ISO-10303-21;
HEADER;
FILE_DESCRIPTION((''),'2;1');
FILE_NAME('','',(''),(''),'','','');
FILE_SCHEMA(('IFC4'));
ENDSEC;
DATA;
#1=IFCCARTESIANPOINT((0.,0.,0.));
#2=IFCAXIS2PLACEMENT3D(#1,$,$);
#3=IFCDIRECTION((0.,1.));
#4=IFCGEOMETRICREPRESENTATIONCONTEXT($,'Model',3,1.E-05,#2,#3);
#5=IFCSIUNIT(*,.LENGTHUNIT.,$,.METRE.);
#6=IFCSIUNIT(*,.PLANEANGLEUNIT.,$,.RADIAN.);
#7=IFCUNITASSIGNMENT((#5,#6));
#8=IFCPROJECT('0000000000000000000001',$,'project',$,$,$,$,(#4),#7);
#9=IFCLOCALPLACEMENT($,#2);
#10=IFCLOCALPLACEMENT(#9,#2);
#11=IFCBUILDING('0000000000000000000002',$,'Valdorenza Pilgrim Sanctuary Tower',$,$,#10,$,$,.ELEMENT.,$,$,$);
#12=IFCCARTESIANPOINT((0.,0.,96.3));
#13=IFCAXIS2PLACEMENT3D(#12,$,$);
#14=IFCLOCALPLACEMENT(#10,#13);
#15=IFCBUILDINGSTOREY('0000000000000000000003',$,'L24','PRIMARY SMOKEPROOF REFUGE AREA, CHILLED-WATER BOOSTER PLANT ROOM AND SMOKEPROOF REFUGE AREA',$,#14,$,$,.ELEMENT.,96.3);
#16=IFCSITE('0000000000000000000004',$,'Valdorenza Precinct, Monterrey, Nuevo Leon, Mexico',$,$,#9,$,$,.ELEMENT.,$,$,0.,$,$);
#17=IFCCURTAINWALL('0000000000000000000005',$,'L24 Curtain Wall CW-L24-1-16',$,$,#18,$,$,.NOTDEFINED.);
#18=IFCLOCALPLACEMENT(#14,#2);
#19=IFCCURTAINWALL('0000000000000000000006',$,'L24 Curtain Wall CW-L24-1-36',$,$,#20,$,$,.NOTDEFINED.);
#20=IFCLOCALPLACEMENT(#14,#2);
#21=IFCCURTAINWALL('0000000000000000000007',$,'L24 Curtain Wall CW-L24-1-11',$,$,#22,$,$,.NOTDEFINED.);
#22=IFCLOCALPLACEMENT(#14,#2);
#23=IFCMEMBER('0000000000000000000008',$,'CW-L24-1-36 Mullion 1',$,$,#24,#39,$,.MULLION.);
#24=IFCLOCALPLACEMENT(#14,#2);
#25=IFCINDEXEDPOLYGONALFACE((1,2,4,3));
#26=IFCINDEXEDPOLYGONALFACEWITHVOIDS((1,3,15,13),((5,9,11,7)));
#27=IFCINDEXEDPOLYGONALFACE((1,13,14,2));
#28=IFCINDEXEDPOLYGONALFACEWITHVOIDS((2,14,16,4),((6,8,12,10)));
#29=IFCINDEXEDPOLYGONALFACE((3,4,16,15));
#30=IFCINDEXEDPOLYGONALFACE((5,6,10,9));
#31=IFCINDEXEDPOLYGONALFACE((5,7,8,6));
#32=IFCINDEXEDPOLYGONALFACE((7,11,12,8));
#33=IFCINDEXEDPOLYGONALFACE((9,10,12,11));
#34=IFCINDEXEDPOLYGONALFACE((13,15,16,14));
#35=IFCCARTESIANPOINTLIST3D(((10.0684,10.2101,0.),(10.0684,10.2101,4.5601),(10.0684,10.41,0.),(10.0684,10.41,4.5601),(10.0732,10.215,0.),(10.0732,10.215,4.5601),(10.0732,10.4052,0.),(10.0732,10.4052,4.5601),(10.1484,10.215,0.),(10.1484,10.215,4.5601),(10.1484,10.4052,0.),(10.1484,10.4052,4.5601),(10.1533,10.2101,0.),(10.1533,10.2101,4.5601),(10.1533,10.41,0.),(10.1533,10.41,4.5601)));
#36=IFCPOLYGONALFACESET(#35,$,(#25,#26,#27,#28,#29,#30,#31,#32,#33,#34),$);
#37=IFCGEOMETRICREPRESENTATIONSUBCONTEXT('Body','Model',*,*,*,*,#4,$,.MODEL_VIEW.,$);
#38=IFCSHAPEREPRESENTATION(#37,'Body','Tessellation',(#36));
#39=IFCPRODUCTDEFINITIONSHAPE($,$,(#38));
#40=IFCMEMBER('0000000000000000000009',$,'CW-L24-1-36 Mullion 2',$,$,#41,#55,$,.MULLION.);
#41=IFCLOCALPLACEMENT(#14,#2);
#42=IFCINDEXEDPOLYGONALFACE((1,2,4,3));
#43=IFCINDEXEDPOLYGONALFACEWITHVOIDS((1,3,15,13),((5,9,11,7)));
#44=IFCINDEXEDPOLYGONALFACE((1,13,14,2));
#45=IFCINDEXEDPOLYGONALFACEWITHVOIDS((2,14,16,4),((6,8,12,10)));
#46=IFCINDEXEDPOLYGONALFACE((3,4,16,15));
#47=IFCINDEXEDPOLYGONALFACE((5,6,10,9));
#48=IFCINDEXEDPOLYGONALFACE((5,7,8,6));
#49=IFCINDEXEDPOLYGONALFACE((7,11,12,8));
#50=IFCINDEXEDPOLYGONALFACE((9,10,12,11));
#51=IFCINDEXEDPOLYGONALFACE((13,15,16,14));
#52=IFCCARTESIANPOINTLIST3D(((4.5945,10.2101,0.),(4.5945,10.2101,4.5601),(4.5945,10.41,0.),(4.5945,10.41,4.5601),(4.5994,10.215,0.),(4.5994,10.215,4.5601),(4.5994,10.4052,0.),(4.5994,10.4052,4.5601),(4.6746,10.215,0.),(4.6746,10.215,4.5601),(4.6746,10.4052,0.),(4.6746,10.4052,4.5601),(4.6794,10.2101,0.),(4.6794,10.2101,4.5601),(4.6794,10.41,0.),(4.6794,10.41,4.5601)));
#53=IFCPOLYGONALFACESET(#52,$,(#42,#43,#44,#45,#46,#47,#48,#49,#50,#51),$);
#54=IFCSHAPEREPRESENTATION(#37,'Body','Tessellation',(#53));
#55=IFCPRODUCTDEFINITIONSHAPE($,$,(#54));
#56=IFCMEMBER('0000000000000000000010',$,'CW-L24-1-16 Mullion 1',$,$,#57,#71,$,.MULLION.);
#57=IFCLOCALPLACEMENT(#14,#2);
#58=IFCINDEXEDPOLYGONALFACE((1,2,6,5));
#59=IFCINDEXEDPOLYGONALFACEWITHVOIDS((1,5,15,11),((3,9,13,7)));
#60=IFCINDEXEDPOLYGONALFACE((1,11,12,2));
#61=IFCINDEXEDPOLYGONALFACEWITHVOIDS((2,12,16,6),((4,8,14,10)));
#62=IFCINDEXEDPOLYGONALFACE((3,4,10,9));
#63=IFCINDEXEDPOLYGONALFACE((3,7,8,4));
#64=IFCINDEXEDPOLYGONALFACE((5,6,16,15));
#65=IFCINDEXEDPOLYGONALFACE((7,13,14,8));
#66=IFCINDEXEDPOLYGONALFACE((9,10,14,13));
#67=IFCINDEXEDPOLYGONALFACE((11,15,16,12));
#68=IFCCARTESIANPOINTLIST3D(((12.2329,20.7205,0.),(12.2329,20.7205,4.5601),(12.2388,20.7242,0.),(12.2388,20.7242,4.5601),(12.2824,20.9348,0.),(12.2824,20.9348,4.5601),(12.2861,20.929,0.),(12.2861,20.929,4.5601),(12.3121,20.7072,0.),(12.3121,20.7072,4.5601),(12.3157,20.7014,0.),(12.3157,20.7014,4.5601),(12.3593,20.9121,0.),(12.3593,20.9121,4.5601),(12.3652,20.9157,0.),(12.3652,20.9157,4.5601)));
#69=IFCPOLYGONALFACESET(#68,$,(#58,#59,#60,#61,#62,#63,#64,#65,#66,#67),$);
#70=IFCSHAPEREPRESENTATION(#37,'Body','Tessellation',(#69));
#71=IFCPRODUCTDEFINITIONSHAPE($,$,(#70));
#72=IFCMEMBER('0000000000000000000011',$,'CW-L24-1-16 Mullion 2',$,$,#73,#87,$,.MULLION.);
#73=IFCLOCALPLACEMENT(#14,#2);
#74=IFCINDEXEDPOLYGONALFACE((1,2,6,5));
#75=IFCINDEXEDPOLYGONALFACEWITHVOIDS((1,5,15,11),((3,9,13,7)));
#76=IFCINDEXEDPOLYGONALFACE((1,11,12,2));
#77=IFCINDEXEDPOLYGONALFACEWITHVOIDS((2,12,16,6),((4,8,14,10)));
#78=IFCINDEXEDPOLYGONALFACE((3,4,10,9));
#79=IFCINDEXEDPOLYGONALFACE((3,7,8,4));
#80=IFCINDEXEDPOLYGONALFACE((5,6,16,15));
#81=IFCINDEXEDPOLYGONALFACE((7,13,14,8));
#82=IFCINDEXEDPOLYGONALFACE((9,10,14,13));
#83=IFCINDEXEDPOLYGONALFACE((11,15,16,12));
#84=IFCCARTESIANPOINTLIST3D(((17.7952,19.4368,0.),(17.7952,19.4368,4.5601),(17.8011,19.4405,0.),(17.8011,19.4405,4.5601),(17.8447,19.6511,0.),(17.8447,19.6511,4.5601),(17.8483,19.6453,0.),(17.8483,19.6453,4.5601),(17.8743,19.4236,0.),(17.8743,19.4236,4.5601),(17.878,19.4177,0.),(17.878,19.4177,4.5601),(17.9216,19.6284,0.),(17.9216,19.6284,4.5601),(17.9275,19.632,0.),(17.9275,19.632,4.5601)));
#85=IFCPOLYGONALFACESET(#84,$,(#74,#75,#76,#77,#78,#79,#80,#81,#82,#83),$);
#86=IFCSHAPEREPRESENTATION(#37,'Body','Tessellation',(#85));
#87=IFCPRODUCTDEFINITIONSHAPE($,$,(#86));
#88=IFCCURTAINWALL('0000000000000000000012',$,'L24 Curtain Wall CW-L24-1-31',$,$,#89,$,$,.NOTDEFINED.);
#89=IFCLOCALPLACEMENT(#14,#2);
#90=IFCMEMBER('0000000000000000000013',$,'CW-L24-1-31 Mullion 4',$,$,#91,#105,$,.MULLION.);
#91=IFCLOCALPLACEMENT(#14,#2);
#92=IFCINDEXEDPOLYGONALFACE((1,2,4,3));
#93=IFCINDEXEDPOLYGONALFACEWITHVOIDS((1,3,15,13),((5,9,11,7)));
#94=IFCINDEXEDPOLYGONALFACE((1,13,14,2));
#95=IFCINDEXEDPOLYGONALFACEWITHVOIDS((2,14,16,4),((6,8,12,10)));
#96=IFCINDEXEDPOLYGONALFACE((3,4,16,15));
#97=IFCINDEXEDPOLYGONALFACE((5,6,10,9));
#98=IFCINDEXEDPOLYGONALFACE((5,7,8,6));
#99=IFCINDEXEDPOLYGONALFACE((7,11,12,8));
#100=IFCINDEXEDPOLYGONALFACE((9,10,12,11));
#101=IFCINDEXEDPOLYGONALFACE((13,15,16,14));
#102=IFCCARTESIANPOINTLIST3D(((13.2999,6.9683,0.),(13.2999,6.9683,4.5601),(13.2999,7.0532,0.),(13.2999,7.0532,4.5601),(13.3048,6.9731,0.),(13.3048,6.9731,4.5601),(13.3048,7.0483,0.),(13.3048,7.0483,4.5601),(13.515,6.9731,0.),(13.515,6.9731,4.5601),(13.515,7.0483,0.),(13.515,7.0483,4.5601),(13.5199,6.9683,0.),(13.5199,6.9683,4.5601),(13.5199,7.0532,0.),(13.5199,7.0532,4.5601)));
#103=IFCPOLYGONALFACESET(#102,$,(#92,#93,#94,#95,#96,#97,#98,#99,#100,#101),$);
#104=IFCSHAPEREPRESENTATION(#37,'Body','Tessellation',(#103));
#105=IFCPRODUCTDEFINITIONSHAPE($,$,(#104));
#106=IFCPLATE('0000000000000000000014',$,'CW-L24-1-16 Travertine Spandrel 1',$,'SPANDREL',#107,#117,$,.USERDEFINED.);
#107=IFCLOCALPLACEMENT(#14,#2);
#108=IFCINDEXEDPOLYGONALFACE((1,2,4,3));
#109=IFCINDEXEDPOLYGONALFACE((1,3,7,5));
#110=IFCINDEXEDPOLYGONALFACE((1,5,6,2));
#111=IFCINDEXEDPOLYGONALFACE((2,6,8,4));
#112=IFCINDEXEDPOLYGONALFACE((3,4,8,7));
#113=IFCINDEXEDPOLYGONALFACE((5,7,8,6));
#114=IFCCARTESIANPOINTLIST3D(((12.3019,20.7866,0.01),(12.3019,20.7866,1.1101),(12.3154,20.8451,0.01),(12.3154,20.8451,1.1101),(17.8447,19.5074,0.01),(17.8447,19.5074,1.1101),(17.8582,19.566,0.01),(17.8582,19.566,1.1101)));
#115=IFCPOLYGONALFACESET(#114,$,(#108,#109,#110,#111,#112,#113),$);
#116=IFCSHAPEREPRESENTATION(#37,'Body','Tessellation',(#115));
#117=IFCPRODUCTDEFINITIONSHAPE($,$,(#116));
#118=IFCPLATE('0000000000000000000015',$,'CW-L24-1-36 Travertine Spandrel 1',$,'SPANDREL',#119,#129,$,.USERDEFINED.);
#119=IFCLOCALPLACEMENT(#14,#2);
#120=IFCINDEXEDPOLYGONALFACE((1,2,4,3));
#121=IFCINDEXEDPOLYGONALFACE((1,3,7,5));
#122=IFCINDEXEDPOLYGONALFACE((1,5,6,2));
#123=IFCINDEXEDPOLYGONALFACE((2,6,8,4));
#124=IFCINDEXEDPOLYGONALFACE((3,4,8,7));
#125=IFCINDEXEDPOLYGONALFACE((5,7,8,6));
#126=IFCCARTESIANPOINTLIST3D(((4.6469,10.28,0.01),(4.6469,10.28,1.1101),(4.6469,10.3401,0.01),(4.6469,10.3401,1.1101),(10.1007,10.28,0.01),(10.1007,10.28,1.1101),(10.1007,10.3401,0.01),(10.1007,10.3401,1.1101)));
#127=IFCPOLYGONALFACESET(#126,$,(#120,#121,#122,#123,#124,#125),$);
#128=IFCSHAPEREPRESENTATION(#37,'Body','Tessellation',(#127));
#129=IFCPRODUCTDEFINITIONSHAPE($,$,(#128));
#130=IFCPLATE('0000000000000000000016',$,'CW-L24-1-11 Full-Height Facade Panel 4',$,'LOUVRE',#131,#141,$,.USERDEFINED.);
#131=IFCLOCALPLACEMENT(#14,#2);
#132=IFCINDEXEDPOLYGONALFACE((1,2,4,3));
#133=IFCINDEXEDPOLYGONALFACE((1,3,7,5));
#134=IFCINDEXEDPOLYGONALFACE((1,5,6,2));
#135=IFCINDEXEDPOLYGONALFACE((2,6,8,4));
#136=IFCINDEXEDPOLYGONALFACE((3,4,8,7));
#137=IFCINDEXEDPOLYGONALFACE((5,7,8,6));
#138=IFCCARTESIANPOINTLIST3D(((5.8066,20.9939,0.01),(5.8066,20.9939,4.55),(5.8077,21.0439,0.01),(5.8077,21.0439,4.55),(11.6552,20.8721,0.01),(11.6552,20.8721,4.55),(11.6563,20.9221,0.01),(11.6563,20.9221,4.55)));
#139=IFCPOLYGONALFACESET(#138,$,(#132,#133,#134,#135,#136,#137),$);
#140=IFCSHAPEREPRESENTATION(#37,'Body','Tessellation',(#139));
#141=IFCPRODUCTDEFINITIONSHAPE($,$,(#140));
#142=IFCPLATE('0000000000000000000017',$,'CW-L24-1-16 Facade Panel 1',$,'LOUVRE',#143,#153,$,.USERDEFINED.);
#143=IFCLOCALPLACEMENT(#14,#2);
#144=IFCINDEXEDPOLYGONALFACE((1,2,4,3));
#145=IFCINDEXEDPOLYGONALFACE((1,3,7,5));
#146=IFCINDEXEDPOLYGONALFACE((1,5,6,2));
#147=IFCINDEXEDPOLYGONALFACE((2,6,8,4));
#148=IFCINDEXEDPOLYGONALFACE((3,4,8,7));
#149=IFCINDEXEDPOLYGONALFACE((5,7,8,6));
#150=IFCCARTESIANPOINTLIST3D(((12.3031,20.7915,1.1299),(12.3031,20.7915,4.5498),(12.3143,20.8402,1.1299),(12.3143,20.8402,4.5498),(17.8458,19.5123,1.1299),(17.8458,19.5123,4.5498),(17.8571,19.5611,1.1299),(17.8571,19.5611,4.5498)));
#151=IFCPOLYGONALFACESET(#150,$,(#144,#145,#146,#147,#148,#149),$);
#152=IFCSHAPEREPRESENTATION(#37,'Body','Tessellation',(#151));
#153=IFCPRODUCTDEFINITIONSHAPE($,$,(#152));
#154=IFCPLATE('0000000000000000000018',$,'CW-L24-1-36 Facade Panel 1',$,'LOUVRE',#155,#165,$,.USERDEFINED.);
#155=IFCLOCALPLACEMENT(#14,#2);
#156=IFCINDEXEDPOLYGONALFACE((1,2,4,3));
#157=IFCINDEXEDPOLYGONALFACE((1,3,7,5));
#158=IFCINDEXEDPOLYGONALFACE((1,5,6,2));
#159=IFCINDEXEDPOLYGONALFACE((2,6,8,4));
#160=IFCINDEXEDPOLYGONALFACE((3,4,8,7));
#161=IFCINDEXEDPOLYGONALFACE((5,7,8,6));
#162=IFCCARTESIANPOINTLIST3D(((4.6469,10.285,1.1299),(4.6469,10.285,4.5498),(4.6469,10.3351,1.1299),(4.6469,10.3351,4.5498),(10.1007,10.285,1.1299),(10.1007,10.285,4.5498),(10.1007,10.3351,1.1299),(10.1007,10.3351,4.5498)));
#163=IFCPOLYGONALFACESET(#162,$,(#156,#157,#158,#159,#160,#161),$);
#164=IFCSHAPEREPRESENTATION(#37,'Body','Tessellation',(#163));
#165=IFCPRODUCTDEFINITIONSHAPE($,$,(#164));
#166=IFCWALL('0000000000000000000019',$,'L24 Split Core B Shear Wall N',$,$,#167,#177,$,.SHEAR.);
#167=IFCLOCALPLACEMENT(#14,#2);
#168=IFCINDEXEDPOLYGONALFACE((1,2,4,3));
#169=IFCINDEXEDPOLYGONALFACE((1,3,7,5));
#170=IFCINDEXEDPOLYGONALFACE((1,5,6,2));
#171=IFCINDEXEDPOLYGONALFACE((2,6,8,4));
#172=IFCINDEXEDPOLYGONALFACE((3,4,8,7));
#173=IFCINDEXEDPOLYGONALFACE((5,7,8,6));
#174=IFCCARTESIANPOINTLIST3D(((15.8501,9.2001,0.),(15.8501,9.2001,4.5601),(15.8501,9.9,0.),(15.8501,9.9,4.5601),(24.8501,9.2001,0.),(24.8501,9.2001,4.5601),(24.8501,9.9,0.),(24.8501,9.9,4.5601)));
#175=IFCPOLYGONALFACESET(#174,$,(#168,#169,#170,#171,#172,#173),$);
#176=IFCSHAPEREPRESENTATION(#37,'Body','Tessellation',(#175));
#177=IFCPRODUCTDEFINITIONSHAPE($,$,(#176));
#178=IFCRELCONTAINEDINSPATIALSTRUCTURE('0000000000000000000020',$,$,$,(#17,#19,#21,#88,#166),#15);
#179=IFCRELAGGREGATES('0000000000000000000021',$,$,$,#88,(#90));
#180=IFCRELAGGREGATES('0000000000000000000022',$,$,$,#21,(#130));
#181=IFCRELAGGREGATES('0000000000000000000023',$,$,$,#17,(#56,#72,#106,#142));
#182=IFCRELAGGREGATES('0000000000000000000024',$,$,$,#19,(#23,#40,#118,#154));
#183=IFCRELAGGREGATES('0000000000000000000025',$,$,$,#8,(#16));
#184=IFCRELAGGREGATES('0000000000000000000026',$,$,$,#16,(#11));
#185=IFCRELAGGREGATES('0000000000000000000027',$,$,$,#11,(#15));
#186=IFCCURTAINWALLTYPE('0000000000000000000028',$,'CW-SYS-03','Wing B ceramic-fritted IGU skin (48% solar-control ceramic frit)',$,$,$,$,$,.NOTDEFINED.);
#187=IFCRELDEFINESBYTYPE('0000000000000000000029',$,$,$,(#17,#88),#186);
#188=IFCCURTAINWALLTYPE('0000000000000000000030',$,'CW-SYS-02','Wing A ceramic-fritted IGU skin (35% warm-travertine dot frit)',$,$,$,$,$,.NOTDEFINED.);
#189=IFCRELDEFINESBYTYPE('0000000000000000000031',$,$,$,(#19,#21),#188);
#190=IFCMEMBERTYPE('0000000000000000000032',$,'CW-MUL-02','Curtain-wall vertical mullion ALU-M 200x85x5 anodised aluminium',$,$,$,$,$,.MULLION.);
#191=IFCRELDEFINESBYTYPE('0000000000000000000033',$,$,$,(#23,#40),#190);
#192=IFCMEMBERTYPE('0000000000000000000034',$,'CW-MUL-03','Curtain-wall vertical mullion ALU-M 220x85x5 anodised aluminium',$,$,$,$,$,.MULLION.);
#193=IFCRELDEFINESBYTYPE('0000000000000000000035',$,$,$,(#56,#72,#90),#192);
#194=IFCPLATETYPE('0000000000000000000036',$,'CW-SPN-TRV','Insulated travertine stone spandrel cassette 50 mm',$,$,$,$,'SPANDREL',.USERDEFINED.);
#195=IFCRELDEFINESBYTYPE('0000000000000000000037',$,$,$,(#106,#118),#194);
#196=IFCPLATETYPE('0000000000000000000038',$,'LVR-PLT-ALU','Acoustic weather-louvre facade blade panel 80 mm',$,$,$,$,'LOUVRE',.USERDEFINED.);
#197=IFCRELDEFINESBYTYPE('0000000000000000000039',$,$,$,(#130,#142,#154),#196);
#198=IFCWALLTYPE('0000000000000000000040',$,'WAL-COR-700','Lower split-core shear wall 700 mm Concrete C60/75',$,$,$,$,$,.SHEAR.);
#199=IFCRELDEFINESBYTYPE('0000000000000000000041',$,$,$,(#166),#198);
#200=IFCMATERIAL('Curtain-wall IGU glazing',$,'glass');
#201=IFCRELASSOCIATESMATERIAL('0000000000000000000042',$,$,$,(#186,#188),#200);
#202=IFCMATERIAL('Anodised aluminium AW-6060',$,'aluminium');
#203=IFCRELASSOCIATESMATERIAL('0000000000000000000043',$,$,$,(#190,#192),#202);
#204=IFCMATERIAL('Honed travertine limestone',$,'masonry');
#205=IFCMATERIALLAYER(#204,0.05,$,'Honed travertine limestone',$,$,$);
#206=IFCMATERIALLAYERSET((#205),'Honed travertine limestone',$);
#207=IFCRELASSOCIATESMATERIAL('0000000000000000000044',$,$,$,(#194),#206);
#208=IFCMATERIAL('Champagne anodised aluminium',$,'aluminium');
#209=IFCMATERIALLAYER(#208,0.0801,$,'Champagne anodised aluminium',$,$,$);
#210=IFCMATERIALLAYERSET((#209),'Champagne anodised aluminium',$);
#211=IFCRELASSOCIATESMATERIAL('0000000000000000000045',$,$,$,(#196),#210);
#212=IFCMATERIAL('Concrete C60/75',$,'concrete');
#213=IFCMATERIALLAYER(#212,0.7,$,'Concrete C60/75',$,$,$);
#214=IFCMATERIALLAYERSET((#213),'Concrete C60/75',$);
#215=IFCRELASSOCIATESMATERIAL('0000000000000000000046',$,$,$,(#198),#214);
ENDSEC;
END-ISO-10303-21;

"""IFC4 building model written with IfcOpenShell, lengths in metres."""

from ifc_helpers import new_model, si_unit, direction, frame, frame_2d, origin, origin_2d, place, context, subcontext, project, spatial, rectangle, hollow_rectangle, extrude, source, transform, mapped, material, layer, layer_set, material_profile, profile_set, type_object, element, aggregate, save


model = new_model("IFC4")

# Units and contexts
model_context = context("Model", 3, precision=1e-05, world=origin(), true_north=direction((0.0, 1.0)))
body_context = subcontext(model_context, "Body", "Model", "MODEL_VIEW")
ifc_project = project(units=[si_unit("LENGTHUNIT", "METRE"), si_unit("PLANEANGLEUNIT", "RADIAN")], contexts=[model_context])

# Site, building, storey
site_placement = place(None, origin())
site = spatial("IfcSite", under=ifc_project, at=site_placement, Name="Valdorenza Precinct, Monterrey, Nuevo Leon, Mexico", CompositionType="ELEMENT", RefElevation=0.0)
building_placement = place(site_placement, origin())
building = spatial("IfcBuilding", under=site, at=building_placement, Name="Valdorenza Pilgrim Sanctuary Tower", CompositionType="ELEMENT")
storey_placement = place(building_placement, frame((0.0, 0.0, 96.3)))
storey = spatial("IfcBuildingStorey", under=building, at=storey_placement, Name="L24", Description="PRIMARY SMOKEPROOF REFUGE AREA, CHILLED-WATER BOOSTER PLANT ROOM AND SMOKEPROOF REFUGE AREA", CompositionType="ELEMENT", Elevation=96.3)

# Shared definitions
ifc_material_1 = material(Name="Concrete C60/75", Category="concrete")

# Curtain walls
ifc_material_2 = material(Name="Curtain-wall IGU glazing", Category="glass")
curtain_wall_type_1 = type_object("IfcCurtainWallType", Name="CW-SYS-03", Description="Wing B ceramic-fritted IGU skin (48% solar-control ceramic frit)", PredefinedType="NOTDEFINED", material=ifc_material_2)
curtain_wall_1_placement = place(storey_placement, origin())
curtain_wall_1 = element("IfcCurtainWall", 1, at=curtain_wall_1_placement, inside=storey, type_object=curtain_wall_type_1, Name="L24 Curtain Wall CW-L24-1-16", PredefinedType="NOTDEFINED")
ifc_material_3 = material(Name="Anodised aluminium AW-6060", Category="aluminium")
curtain_wall_type_2 = type_object("IfcCurtainWallType", Name="CW-SYS-02", Description="Wing A ceramic-fritted IGU skin (35% warm-travertine dot frit)", PredefinedType="NOTDEFINED", material=ifc_material_2)
curtain_wall_2_placement = place(storey_placement, origin())
curtain_wall_2 = element("IfcCurtainWall", 2, at=curtain_wall_2_placement, inside=storey, type_object=curtain_wall_type_2, Name="L24 Curtain Wall CW-L24-1-36", PredefinedType="NOTDEFINED")

# Curtain wall
curtain_wall_3_placement = place(storey_placement, origin())
curtain_wall_3 = element("IfcCurtainWall", 3, at=curtain_wall_3_placement, inside=storey, type_object=curtain_wall_type_2, Name="L24 Curtain Wall CW-L24-1-11", PredefinedType="NOTDEFINED")
ifc_material_profile_1 = material_profile(ifc_material_3, hollow_rectangle(XDim=0.085, YDim=0.2, WallThickness=0.0049, at=origin_2d()), Name="ALU-M 200x85x5")
ifc_profile_set_1 = profile_set([ifc_material_profile_1], Name="Anodised aluminium AW-6060")
member_type_1 = type_object("IfcMemberType", Name="CW-MUL-02", Description="Curtain-wall vertical mullion ALU-M 200x85x5 anodised aluminium", PredefinedType="MULLION", material=ifc_profile_set_1)
shared_shape_1 = source(origin(), body_context, "Body", "SweptSolid", [
    extrude(hollow_rectangle(XDim=0.085, YDim=0.2, WallThickness=0.0049, at=origin_2d()), origin(), (0.0, 0.0, 1.0), 4.5601),
])

# Members
member_1_placement = place(storey_placement, frame((10.1108, 10.3101, 0.0), z_axis=(0.0, 0.0, 1.0), x_axis=(-1.0, 0.0, 0.0)))
member_1 = element("IfcMember", 4, at=member_1_placement, type_object=member_type_1, Name="CW-L24-1-36 Mullion 1", PredefinedType="MULLION", context=body_context, shape_type="MappedRepresentation", body=[
    mapped(shared_shape_1, transform((0.0, 0.0, 0.0), x_axis=(1.0, 0.0, 0.0), y_axis=(0.0, 1.0, 0.0), z_axis=(0.0, 0.0, 1.0), scale=1.0)),
])
member_2_placement = place(storey_placement, frame((4.637, 10.3101, 0.0), z_axis=(0.0, 0.0, 1.0), x_axis=(-1.0, 0.0, 0.0)))
member_2 = element("IfcMember", 5, at=member_2_placement, type_object=member_type_1, Name="CW-L24-1-36 Mullion 2", PredefinedType="MULLION", context=body_context, shape_type="MappedRepresentation", body=[
    mapped(shared_shape_1, transform((0.0, 0.0, 0.0), x_axis=(1.0, 0.0, 0.0), y_axis=(0.0, 1.0, 0.0), z_axis=(0.0, 0.0, 1.0), scale=1.0)),
])
ifc_material_profile_2 = material_profile(ifc_material_3, hollow_rectangle(XDim=0.085, YDim=0.22, WallThickness=0.0049, at=origin_2d()), Name="ALU-M 220x85x5")
ifc_profile_set_2 = profile_set([ifc_material_profile_2], Name="Anodised aluminium AW-6060")
member_type_2 = type_object("IfcMemberType", Name="CW-MUL-03", Description="Curtain-wall vertical mullion ALU-M 220x85x5 anodised aluminium", PredefinedType="MULLION", material=ifc_profile_set_2)
shared_shape_2 = source(origin(), body_context, "Body", "SweptSolid", [
    extrude(hollow_rectangle(XDim=0.085, YDim=0.22, WallThickness=0.0049, at=origin_2d()), origin(), (0.0, 0.0, 1.0), 4.5601),
])
member_3_placement = place(storey_placement, frame((12.2991, 20.8181, 0.0), z_axis=(0.0, 0.0, 1.0), x_axis=(0.97439, -0.224866, 0.0)))
member_3 = element("IfcMember", 6, at=member_3_placement, type_object=member_type_2, Name="CW-L24-1-16 Mullion 1", PredefinedType="MULLION", context=body_context, shape_type="MappedRepresentation", body=[
    mapped(shared_shape_2, transform((0.0, 0.0, 0.0), x_axis=(1.0, 0.0, 0.0), y_axis=(0.0, 1.0, 0.0), z_axis=(0.0, 0.0, 1.0), scale=1.0)),
])
member_4_placement = place(storey_placement, frame((17.8613, 19.5344, 0.0), z_axis=(0.0, 0.0, 1.0), x_axis=(0.97439, -0.224866, 0.0)))
member_4 = element("IfcMember", 7, at=member_4_placement, type_object=member_type_2, Name="CW-L24-1-16 Mullion 2", PredefinedType="MULLION", context=body_context, shape_type="MappedRepresentation", body=[
    mapped(shared_shape_2, transform((0.0, 0.0, 0.0), x_axis=(1.0, 0.0, 0.0), y_axis=(0.0, 1.0, 0.0), z_axis=(0.0, 0.0, 1.0), scale=1.0)),
])

# Curtain wall, member
curtain_wall_4_placement = place(storey_placement, origin())
curtain_wall_4 = element("IfcCurtainWall", 8, at=curtain_wall_4_placement, inside=storey, type_object=curtain_wall_type_1, Name="L24 Curtain Wall CW-L24-1-31", PredefinedType="NOTDEFINED")
member_5_placement = place(storey_placement, frame((13.4099, 7.0107, 0.0), z_axis=(0.0, 0.0, 1.0), x_axis=(0.0, 1.0, 0.0)))
member_5 = element("IfcMember", 9, at=member_5_placement, type_object=member_type_2, Name="CW-L24-1-31 Mullion 4", PredefinedType="MULLION", context=body_context, shape_type="MappedRepresentation", body=[
    mapped(shared_shape_2, transform((0.0, 0.0, 0.0), x_axis=(1.0, 0.0, 0.0), y_axis=(0.0, 1.0, 0.0), z_axis=(0.0, 0.0, 1.0), scale=1.0)),
])
aggregate(curtain_wall_4, [member_5])

# Plates
ifc_material_4 = material(Name="Honed travertine limestone", Category="masonry")
ifc_layer_1 = layer(ifc_material_4, 0.05, Name="Honed travertine limestone")
ifc_layer_set_1 = layer_set([ifc_layer_1], Name="Honed travertine limestone")
plate_type_1 = type_object("IfcPlateType", Name="CW-SPN-TRV", Description="Insulated travertine stone spandrel cassette 50 mm", ElementType="SPANDREL", PredefinedType="USERDEFINED", material=ifc_layer_set_1)
shared_shape_3 = source(origin(), body_context, "Body", "SweptSolid", [
    extrude(rectangle(XDim=5.6885, YDim=0.0601, at=origin_2d()), origin(), (0.0, 0.0, 1.0), 1.1001),
])
plate_1_placement = place(storey_placement, frame((15.0801, 20.1763, 0.01), z_axis=(0.0, 0.0, 1.0), x_axis=(0.97439, -0.224866, 0.0)))
plate_1 = element("IfcPlate", 10, at=plate_1_placement, type_object=plate_type_1, Name="CW-L24-1-16 Travertine Spandrel 1", ObjectType="SPANDREL", PredefinedType="USERDEFINED", context=body_context, shape_type="MappedRepresentation", body=[
    mapped(shared_shape_3, transform((0.0, 0.0, 0.0), x_axis=(1.0, 0.0, 0.0), y_axis=(0.0, 1.0, 0.0), z_axis=(0.0, 0.0, 1.0), scale=1.0)),
])
shared_shape_4 = source(origin(), body_context, "Body", "SweptSolid", [
    extrude(rectangle(XDim=5.4539, YDim=0.0601, at=origin_2d()), origin(), (0.0, 0.0, 1.0), 1.1001),
])
plate_2_placement = place(storey_placement, frame((7.3738, 10.3101, 0.01), z_axis=(0.0, 0.0, 1.0), x_axis=(-1.0, 0.0, 0.0)))
plate_2 = element("IfcPlate", 11, at=plate_2_placement, type_object=plate_type_1, Name="CW-L24-1-36 Travertine Spandrel 1", ObjectType="SPANDREL", PredefinedType="USERDEFINED", context=body_context, shape_type="MappedRepresentation", body=[
    mapped(shared_shape_4, transform((0.0, 0.0, 0.0), x_axis=(1.0, 0.0, 0.0), y_axis=(0.0, 1.0, 0.0), z_axis=(0.0, 0.0, 1.0), scale=1.0)),
])
ifc_material_5 = material(Name="Champagne anodised aluminium", Category="aluminium")
ifc_layer_2 = layer(ifc_material_5, 0.0801, Name="Champagne anodised aluminium")
ifc_layer_set_2 = layer_set([ifc_layer_2], Name="Champagne anodised aluminium")
plate_type_2 = type_object("IfcPlateType", Name="LVR-PLT-ALU", Description="Acoustic weather-louvre facade blade panel 80 mm", ElementType="LOUVRE", PredefinedType="USERDEFINED", material=ifc_layer_set_2)
shared_shape_5 = source(origin(), body_context, "Body", "SweptSolid", [
    extrude(rectangle(XDim=5.8499, YDim=0.05, at=origin_2d()), origin(), (0.0, 0.0, 1.0), 4.54),
])
plate_3_placement = place(storey_placement, frame((8.7314, 20.958, 0.01), z_axis=(0.0, 0.0, 1.0), x_axis=(0.999783, -0.02082, 0.0)))
plate_3 = element("IfcPlate", 12, at=plate_3_placement, type_object=plate_type_2, Name="CW-L24-1-11 Full-Height Facade Panel 4", ObjectType="LOUVRE", PredefinedType="USERDEFINED", context=body_context, shape_type="MappedRepresentation", body=[
    mapped(shared_shape_5, transform((0.0, 0.0, 0.0), x_axis=(1.0, 0.0, 0.0), y_axis=(0.0, 1.0, 0.0), z_axis=(0.0, 0.0, 1.0), scale=1.0)),
])
aggregate(curtain_wall_3, [plate_3])
shared_shape_6 = source(origin(), body_context, "Body", "SweptSolid", [
    extrude(rectangle(XDim=5.6885, YDim=0.05, at=origin_2d()), origin(), (0.0, 0.0, 1.0), 3.4199),
])
plate_4_placement = place(storey_placement, frame((15.0801, 20.1763, 1.1299), z_axis=(0.0, 0.0, 1.0), x_axis=(0.97439, -0.224866, 0.0)))
plate_4 = element("IfcPlate", 13, at=plate_4_placement, type_object=plate_type_2, Name="CW-L24-1-16 Facade Panel 1", ObjectType="LOUVRE", PredefinedType="USERDEFINED", context=body_context, shape_type="MappedRepresentation", body=[
    mapped(shared_shape_6, transform((0.0, 0.0, 0.0), x_axis=(1.0, 0.0, 0.0), y_axis=(0.0, 1.0, 0.0), z_axis=(0.0, 0.0, 1.0), scale=1.0)),
])
aggregate(curtain_wall_1, [member_3, member_4, plate_1, plate_4])
shared_shape_7 = source(origin(), body_context, "Body", "SweptSolid", [
    extrude(rectangle(XDim=5.4539, YDim=0.05, at=origin_2d()), origin(), (0.0, 0.0, 1.0), 3.4199),
])
plate_5_placement = place(storey_placement, frame((7.3738, 10.3101, 1.1299), z_axis=(0.0, 0.0, 1.0), x_axis=(-1.0, 0.0, 0.0)))
plate_5 = element("IfcPlate", 14, at=plate_5_placement, type_object=plate_type_2, Name="CW-L24-1-36 Facade Panel 1", ObjectType="LOUVRE", PredefinedType="USERDEFINED", context=body_context, shape_type="MappedRepresentation", body=[
    mapped(shared_shape_7, transform((0.0, 0.0, 0.0), x_axis=(1.0, 0.0, 0.0), y_axis=(0.0, 1.0, 0.0), z_axis=(0.0, 0.0, 1.0), scale=1.0)),
])
aggregate(curtain_wall_2, [member_1, member_2, plate_2, plate_5])

# Wall
ifc_layer_3 = layer(ifc_material_1, 0.7, Name="Concrete C60/75")
ifc_layer_set_3 = layer_set([ifc_layer_3], Name="Concrete C60/75")
wall_type_1 = type_object("IfcWallType", Name="WAL-COR-700", Description="Lower split-core shear wall 700 mm Concrete C60/75", PredefinedType="SHEAR", material=ifc_layer_set_3)
wall_1_placement = place(storey_placement, frame((15.8501, 9.55, 0.0), z_axis=(0.0, 0.0, 1.0), x_axis=(1.0, 0.0, 0.0)))
element("IfcWall", 15, at=wall_1_placement, inside=storey, type_object=wall_type_1, Name="L24 Split Core B Shear Wall N", PredefinedType="SHEAR", context=body_context, shape_type="SweptSolid", body=[
    extrude(rectangle(XDim=9.0, YDim=0.7, at=frame_2d((4.5, 0.0))), origin(), (0.0, 0.0, 1.0), 4.5601),
])

save(model, "model.ifc")
